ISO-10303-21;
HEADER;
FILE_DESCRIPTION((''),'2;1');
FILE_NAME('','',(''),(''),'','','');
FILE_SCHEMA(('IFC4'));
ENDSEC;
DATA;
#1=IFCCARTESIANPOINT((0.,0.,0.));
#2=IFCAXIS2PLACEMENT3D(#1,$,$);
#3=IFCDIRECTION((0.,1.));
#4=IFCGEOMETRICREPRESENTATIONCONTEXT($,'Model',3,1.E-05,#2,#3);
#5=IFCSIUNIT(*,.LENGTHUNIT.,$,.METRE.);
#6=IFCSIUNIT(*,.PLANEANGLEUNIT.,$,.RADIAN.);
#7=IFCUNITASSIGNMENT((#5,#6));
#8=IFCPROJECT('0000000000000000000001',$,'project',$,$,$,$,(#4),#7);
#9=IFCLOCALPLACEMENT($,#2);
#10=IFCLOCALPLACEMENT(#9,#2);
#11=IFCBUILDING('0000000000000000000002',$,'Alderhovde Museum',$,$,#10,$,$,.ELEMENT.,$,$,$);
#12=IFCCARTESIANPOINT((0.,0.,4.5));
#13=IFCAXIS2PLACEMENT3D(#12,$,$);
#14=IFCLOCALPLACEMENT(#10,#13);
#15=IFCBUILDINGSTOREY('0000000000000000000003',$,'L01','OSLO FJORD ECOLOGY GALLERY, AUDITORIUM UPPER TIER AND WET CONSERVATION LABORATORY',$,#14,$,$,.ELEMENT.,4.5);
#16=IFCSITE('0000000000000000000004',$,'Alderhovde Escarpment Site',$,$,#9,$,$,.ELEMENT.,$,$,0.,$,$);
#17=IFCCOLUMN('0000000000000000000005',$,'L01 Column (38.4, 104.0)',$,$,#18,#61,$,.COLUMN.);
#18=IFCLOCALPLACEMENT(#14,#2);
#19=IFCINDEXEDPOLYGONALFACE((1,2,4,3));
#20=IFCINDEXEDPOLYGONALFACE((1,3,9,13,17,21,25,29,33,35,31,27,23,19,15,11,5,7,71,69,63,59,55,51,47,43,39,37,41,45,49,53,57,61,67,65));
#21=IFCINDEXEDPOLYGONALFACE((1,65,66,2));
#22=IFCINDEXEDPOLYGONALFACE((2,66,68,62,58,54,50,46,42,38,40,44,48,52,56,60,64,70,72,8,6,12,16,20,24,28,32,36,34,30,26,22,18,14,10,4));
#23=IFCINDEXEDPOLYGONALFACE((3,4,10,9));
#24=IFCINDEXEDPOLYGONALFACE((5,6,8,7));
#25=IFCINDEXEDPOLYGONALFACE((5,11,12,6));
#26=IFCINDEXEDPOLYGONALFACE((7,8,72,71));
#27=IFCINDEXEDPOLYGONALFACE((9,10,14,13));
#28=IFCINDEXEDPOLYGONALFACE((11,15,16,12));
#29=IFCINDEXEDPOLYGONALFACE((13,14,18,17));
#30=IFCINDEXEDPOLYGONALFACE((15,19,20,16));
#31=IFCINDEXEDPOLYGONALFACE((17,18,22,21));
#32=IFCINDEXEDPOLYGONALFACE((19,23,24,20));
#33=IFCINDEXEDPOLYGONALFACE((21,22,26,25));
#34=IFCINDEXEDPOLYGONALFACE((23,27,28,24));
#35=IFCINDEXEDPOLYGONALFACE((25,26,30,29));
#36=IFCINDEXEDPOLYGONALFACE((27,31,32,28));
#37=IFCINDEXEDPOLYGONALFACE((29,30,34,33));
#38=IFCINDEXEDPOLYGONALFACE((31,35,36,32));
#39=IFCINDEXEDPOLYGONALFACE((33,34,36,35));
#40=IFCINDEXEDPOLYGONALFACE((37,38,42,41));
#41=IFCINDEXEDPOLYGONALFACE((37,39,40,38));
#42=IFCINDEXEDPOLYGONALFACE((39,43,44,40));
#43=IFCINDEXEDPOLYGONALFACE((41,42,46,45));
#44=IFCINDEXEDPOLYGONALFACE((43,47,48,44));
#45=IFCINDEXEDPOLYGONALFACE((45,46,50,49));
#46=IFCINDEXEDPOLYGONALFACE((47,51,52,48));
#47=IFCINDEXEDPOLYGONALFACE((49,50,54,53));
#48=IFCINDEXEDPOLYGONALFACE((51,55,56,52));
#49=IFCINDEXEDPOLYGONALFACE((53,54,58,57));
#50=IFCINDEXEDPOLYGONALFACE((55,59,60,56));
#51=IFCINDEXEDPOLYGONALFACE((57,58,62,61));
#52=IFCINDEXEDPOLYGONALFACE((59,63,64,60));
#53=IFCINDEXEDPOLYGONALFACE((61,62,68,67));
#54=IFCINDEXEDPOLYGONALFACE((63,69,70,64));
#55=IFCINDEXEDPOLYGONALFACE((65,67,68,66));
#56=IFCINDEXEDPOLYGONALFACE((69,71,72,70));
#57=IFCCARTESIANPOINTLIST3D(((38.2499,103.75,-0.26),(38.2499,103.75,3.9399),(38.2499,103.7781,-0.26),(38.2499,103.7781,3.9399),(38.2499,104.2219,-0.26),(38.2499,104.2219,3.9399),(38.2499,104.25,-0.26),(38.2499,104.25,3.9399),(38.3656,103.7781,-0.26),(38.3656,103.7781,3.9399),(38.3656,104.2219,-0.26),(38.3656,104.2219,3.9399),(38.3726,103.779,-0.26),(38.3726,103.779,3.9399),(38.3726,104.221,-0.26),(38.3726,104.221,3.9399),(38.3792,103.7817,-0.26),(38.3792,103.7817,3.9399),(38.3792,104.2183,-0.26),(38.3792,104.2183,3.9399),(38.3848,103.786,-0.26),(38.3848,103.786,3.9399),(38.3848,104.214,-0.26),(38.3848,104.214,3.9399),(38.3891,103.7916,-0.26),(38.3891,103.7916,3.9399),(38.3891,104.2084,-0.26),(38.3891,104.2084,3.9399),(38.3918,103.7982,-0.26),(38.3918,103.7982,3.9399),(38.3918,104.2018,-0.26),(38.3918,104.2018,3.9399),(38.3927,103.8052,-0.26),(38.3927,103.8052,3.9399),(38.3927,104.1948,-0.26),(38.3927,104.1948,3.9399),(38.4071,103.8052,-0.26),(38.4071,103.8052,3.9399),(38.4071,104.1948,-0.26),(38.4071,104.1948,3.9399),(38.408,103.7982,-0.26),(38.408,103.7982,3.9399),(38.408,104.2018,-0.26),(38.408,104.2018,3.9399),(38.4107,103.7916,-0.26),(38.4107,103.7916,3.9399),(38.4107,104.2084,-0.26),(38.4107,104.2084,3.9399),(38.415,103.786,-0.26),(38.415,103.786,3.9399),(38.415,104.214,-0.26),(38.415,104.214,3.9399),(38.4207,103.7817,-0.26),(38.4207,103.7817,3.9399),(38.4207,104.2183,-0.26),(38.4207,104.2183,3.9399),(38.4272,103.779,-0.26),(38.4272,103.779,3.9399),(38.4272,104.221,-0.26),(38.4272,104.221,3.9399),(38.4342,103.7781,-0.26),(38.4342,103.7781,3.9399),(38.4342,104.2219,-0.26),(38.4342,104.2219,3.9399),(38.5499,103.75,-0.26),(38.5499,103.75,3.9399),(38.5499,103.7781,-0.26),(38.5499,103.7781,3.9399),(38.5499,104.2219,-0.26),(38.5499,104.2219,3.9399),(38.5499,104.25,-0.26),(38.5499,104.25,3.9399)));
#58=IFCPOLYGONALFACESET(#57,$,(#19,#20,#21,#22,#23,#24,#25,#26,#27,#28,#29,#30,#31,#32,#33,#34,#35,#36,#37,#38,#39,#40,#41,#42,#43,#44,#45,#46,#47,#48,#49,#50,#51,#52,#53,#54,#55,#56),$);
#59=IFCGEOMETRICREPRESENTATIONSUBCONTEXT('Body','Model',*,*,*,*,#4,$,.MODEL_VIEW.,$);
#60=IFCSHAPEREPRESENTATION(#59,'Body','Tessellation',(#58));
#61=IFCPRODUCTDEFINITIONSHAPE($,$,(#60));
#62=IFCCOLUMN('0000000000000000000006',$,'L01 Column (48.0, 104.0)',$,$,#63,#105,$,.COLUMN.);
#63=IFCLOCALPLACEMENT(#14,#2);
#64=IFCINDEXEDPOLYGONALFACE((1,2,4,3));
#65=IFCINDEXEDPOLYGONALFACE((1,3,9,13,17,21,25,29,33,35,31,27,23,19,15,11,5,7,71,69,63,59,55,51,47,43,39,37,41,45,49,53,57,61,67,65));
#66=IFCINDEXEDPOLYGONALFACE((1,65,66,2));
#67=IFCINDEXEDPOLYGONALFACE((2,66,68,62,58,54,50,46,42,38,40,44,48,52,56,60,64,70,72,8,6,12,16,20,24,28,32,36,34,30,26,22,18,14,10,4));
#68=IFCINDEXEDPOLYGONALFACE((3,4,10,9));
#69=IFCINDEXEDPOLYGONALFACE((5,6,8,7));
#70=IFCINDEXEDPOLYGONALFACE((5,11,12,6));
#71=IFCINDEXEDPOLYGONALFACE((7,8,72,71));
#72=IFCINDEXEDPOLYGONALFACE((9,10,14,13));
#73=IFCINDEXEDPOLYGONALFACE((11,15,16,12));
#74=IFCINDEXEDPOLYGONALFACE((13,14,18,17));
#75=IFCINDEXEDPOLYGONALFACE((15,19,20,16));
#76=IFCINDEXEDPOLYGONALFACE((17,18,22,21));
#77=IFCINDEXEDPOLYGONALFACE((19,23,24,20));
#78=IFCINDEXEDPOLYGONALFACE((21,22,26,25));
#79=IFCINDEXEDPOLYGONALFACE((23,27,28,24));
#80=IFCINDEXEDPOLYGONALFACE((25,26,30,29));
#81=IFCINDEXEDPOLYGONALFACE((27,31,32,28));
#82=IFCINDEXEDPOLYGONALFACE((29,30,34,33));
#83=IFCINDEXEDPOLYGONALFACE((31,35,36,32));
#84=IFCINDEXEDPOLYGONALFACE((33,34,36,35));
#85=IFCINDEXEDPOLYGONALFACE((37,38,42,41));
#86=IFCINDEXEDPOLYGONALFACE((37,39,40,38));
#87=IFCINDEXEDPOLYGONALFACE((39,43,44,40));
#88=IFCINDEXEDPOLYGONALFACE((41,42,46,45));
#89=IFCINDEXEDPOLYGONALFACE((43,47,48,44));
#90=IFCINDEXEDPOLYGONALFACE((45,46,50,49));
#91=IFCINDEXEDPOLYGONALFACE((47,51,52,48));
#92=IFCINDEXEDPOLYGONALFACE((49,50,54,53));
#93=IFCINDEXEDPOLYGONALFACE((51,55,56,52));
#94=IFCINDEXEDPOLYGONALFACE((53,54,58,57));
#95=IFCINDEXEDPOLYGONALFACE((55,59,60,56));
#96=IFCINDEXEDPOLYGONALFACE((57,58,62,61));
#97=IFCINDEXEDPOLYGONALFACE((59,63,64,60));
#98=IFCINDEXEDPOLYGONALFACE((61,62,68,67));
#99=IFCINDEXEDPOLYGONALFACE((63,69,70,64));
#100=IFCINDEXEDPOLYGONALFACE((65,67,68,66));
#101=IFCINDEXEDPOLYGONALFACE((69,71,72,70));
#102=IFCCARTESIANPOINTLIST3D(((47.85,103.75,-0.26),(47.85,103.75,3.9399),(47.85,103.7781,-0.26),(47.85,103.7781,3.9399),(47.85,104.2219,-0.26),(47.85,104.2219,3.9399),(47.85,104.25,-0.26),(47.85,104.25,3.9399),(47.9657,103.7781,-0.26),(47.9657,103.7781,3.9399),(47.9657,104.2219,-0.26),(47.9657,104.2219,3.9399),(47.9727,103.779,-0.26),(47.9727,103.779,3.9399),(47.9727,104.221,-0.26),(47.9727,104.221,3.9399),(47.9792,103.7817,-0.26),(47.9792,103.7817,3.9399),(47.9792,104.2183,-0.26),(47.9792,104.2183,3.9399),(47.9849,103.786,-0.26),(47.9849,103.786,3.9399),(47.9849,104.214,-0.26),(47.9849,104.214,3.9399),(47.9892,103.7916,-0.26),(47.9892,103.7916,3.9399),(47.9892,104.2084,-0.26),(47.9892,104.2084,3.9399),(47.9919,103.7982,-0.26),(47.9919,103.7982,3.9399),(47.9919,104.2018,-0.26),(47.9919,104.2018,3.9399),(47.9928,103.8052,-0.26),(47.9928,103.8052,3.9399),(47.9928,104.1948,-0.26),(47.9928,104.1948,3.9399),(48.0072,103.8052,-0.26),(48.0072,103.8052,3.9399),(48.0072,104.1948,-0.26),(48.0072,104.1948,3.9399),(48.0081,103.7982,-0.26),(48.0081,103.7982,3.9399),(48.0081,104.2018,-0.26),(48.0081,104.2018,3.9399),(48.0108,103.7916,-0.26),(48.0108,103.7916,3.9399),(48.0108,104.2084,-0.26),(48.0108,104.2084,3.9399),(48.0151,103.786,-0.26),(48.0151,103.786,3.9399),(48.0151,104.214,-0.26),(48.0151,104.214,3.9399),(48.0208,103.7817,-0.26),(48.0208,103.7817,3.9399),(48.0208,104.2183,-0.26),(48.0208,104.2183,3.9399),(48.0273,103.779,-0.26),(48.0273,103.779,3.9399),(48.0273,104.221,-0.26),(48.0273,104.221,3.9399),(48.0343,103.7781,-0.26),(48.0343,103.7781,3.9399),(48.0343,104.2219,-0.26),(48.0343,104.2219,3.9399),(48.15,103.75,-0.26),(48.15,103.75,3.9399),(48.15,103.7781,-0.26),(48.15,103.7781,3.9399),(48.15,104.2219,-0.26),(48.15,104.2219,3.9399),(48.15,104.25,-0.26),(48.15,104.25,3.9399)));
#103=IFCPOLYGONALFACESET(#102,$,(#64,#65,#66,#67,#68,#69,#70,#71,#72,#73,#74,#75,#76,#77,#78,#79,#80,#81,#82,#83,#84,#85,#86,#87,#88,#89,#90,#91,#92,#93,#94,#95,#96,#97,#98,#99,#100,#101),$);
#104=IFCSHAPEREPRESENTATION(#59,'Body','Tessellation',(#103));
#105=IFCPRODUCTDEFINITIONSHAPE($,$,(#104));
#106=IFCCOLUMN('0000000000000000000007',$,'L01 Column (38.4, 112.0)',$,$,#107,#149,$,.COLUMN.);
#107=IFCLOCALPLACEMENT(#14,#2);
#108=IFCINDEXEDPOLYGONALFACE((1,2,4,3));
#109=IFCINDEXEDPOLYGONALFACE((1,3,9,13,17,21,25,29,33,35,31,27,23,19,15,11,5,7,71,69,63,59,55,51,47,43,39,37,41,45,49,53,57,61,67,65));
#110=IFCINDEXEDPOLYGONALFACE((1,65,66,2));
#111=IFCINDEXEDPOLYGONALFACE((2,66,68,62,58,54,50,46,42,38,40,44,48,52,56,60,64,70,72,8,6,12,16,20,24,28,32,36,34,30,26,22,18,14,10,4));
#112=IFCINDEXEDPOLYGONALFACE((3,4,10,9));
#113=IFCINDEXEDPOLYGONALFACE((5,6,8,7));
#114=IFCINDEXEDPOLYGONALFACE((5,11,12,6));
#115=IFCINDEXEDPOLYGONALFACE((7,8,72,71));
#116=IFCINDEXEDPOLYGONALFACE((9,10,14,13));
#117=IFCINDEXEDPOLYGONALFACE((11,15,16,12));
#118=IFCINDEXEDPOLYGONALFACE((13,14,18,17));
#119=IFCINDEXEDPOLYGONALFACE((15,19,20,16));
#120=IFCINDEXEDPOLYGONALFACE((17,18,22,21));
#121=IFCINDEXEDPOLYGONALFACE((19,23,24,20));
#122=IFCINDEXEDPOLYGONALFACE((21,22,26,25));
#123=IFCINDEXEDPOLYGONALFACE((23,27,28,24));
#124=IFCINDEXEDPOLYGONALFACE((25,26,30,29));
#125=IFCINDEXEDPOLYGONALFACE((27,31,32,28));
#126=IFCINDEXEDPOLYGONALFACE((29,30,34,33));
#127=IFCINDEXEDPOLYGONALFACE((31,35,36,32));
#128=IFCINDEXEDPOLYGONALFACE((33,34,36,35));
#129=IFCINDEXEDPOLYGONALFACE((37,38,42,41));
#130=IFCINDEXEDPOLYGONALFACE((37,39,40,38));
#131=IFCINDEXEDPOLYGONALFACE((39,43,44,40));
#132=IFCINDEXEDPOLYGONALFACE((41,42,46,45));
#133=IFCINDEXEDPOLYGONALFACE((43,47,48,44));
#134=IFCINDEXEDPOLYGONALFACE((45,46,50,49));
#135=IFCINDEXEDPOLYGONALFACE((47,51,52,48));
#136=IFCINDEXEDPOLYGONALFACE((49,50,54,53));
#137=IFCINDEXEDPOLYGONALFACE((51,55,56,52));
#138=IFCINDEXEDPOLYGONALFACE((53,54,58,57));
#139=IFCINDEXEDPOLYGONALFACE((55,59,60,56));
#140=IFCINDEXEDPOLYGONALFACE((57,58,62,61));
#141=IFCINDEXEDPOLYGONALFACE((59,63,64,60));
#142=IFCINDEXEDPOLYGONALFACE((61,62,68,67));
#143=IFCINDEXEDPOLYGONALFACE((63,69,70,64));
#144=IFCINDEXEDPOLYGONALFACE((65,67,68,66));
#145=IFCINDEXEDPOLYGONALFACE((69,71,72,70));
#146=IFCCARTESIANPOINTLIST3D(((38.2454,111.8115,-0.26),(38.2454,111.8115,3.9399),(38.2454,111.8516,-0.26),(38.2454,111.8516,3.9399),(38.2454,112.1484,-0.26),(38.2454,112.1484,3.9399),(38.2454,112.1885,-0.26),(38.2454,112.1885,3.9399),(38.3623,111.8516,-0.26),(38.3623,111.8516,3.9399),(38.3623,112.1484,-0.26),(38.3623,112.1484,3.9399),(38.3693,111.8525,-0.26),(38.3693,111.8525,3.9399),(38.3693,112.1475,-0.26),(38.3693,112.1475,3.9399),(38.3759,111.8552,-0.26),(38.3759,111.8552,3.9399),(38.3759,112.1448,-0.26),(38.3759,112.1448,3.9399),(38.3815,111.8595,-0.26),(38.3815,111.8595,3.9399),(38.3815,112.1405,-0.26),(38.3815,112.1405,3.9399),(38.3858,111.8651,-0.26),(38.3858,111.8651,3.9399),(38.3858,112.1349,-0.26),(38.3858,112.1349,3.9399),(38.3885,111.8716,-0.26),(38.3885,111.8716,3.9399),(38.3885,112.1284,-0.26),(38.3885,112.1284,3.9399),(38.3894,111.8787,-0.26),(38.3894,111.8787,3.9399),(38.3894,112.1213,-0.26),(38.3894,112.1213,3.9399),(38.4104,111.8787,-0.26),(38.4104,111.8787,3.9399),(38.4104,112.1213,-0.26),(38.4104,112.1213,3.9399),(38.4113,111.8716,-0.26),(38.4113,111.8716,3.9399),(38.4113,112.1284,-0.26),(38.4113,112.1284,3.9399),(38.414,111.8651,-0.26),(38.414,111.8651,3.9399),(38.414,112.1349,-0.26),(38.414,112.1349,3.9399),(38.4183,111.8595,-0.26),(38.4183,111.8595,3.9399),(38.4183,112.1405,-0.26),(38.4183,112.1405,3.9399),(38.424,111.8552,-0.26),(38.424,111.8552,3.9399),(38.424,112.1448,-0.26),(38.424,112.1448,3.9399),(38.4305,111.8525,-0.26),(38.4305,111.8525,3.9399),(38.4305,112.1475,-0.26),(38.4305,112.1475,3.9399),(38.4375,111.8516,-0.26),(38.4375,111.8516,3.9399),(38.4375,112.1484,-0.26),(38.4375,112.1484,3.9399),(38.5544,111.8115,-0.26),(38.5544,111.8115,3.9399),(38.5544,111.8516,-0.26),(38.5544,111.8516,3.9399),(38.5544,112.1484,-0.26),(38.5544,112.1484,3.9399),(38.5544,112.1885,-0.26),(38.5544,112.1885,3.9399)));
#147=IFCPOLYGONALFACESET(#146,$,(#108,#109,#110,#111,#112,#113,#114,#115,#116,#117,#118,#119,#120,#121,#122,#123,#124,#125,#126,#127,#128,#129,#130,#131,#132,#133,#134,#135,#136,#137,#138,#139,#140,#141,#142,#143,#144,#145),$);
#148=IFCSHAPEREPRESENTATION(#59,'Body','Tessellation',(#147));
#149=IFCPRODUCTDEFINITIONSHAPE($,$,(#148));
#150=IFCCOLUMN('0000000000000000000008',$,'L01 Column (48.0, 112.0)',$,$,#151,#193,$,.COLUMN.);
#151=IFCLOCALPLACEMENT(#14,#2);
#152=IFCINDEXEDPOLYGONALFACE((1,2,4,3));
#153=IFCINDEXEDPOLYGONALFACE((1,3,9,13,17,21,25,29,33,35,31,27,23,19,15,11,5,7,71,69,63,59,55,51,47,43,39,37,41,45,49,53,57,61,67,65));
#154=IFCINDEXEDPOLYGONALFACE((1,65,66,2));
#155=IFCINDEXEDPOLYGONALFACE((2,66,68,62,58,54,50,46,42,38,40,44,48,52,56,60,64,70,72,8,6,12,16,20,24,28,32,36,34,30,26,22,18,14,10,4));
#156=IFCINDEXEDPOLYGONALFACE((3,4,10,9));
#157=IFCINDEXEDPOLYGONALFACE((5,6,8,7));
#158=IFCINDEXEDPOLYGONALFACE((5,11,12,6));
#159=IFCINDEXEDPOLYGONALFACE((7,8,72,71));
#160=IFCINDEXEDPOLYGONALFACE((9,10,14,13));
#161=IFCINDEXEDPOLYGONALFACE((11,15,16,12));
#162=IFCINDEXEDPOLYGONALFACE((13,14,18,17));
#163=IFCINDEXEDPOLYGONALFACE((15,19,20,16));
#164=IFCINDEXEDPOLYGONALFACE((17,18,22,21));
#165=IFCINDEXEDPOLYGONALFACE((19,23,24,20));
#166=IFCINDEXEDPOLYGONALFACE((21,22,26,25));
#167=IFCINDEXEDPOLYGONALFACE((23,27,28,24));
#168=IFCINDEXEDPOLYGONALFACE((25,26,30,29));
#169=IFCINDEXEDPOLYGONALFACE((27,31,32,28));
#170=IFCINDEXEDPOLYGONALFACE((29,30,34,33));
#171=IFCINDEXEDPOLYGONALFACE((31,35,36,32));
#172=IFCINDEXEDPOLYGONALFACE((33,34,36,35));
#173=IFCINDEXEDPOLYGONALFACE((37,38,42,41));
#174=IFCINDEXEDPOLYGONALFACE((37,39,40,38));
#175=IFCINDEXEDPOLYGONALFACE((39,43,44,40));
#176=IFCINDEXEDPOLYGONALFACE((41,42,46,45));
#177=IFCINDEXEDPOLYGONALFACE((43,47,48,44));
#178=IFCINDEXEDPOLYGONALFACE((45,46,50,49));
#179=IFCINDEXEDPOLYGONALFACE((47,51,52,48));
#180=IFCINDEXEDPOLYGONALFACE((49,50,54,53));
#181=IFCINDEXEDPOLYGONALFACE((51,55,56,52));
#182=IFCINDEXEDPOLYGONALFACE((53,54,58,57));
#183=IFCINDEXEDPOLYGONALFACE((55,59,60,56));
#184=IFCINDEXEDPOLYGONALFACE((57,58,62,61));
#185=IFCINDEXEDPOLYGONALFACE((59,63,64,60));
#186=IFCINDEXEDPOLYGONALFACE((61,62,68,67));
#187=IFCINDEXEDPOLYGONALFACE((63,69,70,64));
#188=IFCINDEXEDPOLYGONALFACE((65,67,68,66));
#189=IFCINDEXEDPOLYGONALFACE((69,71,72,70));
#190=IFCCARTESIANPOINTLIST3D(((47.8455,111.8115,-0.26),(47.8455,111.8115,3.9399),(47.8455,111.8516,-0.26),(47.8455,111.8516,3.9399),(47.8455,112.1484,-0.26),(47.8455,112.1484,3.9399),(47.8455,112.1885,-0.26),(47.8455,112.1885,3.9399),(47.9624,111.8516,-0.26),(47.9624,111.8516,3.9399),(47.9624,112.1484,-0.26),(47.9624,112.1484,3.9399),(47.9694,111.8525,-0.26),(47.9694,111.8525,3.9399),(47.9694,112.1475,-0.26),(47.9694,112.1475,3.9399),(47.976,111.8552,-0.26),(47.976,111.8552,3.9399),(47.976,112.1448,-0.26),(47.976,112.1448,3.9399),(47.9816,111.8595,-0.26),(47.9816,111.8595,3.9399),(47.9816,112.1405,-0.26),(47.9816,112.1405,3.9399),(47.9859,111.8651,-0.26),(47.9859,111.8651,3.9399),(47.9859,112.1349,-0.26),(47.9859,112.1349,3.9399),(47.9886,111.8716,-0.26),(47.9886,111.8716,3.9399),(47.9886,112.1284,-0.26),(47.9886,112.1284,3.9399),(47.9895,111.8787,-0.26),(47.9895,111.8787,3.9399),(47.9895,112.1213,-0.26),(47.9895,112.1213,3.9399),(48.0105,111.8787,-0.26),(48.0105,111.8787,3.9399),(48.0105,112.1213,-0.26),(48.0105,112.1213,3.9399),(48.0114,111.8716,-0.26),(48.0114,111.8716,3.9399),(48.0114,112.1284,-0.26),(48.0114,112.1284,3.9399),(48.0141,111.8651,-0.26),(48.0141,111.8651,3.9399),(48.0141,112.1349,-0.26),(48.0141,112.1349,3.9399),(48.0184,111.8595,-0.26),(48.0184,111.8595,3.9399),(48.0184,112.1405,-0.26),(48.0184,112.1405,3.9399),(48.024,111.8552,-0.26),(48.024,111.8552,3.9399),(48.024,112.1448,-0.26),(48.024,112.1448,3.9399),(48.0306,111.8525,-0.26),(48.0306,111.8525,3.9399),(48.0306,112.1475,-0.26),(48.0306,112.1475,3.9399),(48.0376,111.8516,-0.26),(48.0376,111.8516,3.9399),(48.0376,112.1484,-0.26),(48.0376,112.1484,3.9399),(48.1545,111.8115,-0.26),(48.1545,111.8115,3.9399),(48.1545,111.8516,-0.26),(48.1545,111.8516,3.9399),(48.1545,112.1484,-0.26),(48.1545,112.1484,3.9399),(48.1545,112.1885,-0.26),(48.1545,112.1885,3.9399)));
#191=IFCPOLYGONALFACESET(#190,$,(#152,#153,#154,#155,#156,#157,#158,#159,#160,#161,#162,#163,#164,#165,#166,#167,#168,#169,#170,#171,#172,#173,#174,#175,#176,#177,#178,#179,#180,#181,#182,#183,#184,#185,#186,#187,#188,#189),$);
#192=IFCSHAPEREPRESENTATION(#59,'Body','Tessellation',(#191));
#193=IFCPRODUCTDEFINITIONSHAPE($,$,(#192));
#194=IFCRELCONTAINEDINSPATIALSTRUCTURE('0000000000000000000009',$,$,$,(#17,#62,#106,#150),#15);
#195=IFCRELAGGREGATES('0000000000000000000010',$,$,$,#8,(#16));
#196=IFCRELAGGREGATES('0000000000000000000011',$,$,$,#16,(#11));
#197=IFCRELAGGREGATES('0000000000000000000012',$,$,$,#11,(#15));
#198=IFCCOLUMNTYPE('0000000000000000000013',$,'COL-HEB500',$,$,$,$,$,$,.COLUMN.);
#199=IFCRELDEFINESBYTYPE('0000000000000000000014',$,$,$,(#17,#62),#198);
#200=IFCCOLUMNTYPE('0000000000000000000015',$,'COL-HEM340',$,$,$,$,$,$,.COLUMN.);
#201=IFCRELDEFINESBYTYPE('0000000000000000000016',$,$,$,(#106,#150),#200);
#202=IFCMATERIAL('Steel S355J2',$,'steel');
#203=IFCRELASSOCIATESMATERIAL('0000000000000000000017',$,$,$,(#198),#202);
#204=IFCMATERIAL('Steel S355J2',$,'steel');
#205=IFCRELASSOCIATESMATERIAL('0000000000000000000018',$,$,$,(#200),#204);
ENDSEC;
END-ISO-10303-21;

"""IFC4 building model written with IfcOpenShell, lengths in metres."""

from ifc_helpers import new_model, si_unit, direction, frame, origin, origin_2d, place, context, subcontext, project, spatial, i_section, extrude, material, material_profile, profile_set, type_object, element, save


model = new_model("IFC4")

# Units and contexts
model_context = context("Model", 3, precision=1e-05, world=origin(), true_north=direction((0.0, 1.0)))
body_context = subcontext(model_context, "Body", "Model", "MODEL_VIEW")
ifc_project = project(units=[si_unit("LENGTHUNIT", "METRE"), si_unit("PLANEANGLEUNIT", "RADIAN")], contexts=[model_context])

# Site, building, storey
site_placement = place(None, origin())
site = spatial("IfcSite", under=ifc_project, at=site_placement, Name="Alderhovde Escarpment Site", CompositionType="ELEMENT", RefElevation=0.0)
building_placement = place(site_placement, origin())
building = spatial("IfcBuilding", under=site, at=building_placement, Name="Alderhovde Museum", CompositionType="ELEMENT")
storey_placement = place(building_placement, frame((0.0, 0.0, 4.5)))
storey = spatial("IfcBuildingStorey", under=building, at=storey_placement, Name="L01", Description="OSLO FJORD ECOLOGY GALLERY, AUDITORIUM UPPER TIER AND WET CONSERVATION LABORATORY", CompositionType="ELEMENT", Elevation=4.5)

# Columns
ifc_material_1 = material(Name="Steel S355J2", Category="steel")
ifc_material_profile_1 = material_profile(ifc_material_1, i_section(OverallWidth=0.3, OverallDepth=0.5, WebThickness=0.0144, FlangeThickness=0.0281, FilletRadius=0.0271, at=origin_2d()), Name="HEB 500")
ifc_profile_set_1 = profile_set([ifc_material_profile_1], Name="Steel S355J2")
column_type_1 = type_object("IfcColumnType", Name="COL-HEB500", PredefinedType="COLUMN", material=ifc_profile_set_1)
for number, where, z_axis, x_axis, name in (
    (1, (38.3999, 104.0, -0.26), (0.0, 0.0, 1.0), (1.0, 0.0, 0.0), "L01 Column (38.4, 104.0)"),
    (2, (48.0, 104.0, -0.26), (0.0, 0.0, 1.0), (1.0, 0.0, 0.0), "L01 Column (48.0, 104.0)"),
):
    element("IfcColumn", number, at=place(storey_placement, frame(where, z_axis=z_axis, x_axis=x_axis)), inside=storey, type_object=column_type_1, Name=name, PredefinedType="COLUMN", context=body_context, shape_type="SweptSolid", body=[
        extrude(i_section(OverallWidth=0.3, OverallDepth=0.5, WebThickness=0.0144, FlangeThickness=0.0281, FilletRadius=0.0271, at=origin_2d()), origin(), (0.0, 0.0, 1.0), 4.2),
    ])
ifc_material_2 = material(Name="Steel S355J2", Category="steel")
ifc_material_profile_2 = material_profile(ifc_material_2, i_section(OverallWidth=0.3091, OverallDepth=0.377, WebThickness=0.021, FlangeThickness=0.04, FilletRadius=0.0271, at=origin_2d()), Name="HEM 340")
ifc_profile_set_2 = profile_set([ifc_material_profile_2], Name="Steel S355J2")
column_type_2 = type_object("IfcColumnType", Name="COL-HEM340", PredefinedType="COLUMN", material=ifc_profile_set_2)
for number, where, z_axis, x_axis, name in (
    (3, (38.3999, 112.0, -0.26), (0.0, 0.0, 1.0), (1.0, 0.0, 0.0), "L01 Column (38.4, 112.0)"),
    (4, (48.0, 112.0, -0.26), (0.0, 0.0, 1.0), (1.0, 0.0, 0.0), "L01 Column (48.0, 112.0)"),
):
    element("IfcColumn", number, at=place(storey_placement, frame(where, z_axis=z_axis, x_axis=x_axis)), inside=storey, type_object=column_type_2, Name=name, PredefinedType="COLUMN", context=body_context, shape_type="SweptSolid", body=[
        extrude(i_section(OverallWidth=0.3091, OverallDepth=0.377, WebThickness=0.021, FlangeThickness=0.04, FilletRadius=0.0271, at=origin_2d()), origin(), (0.0, 0.0, 1.0), 4.2),
    ])

save(model, "model.ifc")
